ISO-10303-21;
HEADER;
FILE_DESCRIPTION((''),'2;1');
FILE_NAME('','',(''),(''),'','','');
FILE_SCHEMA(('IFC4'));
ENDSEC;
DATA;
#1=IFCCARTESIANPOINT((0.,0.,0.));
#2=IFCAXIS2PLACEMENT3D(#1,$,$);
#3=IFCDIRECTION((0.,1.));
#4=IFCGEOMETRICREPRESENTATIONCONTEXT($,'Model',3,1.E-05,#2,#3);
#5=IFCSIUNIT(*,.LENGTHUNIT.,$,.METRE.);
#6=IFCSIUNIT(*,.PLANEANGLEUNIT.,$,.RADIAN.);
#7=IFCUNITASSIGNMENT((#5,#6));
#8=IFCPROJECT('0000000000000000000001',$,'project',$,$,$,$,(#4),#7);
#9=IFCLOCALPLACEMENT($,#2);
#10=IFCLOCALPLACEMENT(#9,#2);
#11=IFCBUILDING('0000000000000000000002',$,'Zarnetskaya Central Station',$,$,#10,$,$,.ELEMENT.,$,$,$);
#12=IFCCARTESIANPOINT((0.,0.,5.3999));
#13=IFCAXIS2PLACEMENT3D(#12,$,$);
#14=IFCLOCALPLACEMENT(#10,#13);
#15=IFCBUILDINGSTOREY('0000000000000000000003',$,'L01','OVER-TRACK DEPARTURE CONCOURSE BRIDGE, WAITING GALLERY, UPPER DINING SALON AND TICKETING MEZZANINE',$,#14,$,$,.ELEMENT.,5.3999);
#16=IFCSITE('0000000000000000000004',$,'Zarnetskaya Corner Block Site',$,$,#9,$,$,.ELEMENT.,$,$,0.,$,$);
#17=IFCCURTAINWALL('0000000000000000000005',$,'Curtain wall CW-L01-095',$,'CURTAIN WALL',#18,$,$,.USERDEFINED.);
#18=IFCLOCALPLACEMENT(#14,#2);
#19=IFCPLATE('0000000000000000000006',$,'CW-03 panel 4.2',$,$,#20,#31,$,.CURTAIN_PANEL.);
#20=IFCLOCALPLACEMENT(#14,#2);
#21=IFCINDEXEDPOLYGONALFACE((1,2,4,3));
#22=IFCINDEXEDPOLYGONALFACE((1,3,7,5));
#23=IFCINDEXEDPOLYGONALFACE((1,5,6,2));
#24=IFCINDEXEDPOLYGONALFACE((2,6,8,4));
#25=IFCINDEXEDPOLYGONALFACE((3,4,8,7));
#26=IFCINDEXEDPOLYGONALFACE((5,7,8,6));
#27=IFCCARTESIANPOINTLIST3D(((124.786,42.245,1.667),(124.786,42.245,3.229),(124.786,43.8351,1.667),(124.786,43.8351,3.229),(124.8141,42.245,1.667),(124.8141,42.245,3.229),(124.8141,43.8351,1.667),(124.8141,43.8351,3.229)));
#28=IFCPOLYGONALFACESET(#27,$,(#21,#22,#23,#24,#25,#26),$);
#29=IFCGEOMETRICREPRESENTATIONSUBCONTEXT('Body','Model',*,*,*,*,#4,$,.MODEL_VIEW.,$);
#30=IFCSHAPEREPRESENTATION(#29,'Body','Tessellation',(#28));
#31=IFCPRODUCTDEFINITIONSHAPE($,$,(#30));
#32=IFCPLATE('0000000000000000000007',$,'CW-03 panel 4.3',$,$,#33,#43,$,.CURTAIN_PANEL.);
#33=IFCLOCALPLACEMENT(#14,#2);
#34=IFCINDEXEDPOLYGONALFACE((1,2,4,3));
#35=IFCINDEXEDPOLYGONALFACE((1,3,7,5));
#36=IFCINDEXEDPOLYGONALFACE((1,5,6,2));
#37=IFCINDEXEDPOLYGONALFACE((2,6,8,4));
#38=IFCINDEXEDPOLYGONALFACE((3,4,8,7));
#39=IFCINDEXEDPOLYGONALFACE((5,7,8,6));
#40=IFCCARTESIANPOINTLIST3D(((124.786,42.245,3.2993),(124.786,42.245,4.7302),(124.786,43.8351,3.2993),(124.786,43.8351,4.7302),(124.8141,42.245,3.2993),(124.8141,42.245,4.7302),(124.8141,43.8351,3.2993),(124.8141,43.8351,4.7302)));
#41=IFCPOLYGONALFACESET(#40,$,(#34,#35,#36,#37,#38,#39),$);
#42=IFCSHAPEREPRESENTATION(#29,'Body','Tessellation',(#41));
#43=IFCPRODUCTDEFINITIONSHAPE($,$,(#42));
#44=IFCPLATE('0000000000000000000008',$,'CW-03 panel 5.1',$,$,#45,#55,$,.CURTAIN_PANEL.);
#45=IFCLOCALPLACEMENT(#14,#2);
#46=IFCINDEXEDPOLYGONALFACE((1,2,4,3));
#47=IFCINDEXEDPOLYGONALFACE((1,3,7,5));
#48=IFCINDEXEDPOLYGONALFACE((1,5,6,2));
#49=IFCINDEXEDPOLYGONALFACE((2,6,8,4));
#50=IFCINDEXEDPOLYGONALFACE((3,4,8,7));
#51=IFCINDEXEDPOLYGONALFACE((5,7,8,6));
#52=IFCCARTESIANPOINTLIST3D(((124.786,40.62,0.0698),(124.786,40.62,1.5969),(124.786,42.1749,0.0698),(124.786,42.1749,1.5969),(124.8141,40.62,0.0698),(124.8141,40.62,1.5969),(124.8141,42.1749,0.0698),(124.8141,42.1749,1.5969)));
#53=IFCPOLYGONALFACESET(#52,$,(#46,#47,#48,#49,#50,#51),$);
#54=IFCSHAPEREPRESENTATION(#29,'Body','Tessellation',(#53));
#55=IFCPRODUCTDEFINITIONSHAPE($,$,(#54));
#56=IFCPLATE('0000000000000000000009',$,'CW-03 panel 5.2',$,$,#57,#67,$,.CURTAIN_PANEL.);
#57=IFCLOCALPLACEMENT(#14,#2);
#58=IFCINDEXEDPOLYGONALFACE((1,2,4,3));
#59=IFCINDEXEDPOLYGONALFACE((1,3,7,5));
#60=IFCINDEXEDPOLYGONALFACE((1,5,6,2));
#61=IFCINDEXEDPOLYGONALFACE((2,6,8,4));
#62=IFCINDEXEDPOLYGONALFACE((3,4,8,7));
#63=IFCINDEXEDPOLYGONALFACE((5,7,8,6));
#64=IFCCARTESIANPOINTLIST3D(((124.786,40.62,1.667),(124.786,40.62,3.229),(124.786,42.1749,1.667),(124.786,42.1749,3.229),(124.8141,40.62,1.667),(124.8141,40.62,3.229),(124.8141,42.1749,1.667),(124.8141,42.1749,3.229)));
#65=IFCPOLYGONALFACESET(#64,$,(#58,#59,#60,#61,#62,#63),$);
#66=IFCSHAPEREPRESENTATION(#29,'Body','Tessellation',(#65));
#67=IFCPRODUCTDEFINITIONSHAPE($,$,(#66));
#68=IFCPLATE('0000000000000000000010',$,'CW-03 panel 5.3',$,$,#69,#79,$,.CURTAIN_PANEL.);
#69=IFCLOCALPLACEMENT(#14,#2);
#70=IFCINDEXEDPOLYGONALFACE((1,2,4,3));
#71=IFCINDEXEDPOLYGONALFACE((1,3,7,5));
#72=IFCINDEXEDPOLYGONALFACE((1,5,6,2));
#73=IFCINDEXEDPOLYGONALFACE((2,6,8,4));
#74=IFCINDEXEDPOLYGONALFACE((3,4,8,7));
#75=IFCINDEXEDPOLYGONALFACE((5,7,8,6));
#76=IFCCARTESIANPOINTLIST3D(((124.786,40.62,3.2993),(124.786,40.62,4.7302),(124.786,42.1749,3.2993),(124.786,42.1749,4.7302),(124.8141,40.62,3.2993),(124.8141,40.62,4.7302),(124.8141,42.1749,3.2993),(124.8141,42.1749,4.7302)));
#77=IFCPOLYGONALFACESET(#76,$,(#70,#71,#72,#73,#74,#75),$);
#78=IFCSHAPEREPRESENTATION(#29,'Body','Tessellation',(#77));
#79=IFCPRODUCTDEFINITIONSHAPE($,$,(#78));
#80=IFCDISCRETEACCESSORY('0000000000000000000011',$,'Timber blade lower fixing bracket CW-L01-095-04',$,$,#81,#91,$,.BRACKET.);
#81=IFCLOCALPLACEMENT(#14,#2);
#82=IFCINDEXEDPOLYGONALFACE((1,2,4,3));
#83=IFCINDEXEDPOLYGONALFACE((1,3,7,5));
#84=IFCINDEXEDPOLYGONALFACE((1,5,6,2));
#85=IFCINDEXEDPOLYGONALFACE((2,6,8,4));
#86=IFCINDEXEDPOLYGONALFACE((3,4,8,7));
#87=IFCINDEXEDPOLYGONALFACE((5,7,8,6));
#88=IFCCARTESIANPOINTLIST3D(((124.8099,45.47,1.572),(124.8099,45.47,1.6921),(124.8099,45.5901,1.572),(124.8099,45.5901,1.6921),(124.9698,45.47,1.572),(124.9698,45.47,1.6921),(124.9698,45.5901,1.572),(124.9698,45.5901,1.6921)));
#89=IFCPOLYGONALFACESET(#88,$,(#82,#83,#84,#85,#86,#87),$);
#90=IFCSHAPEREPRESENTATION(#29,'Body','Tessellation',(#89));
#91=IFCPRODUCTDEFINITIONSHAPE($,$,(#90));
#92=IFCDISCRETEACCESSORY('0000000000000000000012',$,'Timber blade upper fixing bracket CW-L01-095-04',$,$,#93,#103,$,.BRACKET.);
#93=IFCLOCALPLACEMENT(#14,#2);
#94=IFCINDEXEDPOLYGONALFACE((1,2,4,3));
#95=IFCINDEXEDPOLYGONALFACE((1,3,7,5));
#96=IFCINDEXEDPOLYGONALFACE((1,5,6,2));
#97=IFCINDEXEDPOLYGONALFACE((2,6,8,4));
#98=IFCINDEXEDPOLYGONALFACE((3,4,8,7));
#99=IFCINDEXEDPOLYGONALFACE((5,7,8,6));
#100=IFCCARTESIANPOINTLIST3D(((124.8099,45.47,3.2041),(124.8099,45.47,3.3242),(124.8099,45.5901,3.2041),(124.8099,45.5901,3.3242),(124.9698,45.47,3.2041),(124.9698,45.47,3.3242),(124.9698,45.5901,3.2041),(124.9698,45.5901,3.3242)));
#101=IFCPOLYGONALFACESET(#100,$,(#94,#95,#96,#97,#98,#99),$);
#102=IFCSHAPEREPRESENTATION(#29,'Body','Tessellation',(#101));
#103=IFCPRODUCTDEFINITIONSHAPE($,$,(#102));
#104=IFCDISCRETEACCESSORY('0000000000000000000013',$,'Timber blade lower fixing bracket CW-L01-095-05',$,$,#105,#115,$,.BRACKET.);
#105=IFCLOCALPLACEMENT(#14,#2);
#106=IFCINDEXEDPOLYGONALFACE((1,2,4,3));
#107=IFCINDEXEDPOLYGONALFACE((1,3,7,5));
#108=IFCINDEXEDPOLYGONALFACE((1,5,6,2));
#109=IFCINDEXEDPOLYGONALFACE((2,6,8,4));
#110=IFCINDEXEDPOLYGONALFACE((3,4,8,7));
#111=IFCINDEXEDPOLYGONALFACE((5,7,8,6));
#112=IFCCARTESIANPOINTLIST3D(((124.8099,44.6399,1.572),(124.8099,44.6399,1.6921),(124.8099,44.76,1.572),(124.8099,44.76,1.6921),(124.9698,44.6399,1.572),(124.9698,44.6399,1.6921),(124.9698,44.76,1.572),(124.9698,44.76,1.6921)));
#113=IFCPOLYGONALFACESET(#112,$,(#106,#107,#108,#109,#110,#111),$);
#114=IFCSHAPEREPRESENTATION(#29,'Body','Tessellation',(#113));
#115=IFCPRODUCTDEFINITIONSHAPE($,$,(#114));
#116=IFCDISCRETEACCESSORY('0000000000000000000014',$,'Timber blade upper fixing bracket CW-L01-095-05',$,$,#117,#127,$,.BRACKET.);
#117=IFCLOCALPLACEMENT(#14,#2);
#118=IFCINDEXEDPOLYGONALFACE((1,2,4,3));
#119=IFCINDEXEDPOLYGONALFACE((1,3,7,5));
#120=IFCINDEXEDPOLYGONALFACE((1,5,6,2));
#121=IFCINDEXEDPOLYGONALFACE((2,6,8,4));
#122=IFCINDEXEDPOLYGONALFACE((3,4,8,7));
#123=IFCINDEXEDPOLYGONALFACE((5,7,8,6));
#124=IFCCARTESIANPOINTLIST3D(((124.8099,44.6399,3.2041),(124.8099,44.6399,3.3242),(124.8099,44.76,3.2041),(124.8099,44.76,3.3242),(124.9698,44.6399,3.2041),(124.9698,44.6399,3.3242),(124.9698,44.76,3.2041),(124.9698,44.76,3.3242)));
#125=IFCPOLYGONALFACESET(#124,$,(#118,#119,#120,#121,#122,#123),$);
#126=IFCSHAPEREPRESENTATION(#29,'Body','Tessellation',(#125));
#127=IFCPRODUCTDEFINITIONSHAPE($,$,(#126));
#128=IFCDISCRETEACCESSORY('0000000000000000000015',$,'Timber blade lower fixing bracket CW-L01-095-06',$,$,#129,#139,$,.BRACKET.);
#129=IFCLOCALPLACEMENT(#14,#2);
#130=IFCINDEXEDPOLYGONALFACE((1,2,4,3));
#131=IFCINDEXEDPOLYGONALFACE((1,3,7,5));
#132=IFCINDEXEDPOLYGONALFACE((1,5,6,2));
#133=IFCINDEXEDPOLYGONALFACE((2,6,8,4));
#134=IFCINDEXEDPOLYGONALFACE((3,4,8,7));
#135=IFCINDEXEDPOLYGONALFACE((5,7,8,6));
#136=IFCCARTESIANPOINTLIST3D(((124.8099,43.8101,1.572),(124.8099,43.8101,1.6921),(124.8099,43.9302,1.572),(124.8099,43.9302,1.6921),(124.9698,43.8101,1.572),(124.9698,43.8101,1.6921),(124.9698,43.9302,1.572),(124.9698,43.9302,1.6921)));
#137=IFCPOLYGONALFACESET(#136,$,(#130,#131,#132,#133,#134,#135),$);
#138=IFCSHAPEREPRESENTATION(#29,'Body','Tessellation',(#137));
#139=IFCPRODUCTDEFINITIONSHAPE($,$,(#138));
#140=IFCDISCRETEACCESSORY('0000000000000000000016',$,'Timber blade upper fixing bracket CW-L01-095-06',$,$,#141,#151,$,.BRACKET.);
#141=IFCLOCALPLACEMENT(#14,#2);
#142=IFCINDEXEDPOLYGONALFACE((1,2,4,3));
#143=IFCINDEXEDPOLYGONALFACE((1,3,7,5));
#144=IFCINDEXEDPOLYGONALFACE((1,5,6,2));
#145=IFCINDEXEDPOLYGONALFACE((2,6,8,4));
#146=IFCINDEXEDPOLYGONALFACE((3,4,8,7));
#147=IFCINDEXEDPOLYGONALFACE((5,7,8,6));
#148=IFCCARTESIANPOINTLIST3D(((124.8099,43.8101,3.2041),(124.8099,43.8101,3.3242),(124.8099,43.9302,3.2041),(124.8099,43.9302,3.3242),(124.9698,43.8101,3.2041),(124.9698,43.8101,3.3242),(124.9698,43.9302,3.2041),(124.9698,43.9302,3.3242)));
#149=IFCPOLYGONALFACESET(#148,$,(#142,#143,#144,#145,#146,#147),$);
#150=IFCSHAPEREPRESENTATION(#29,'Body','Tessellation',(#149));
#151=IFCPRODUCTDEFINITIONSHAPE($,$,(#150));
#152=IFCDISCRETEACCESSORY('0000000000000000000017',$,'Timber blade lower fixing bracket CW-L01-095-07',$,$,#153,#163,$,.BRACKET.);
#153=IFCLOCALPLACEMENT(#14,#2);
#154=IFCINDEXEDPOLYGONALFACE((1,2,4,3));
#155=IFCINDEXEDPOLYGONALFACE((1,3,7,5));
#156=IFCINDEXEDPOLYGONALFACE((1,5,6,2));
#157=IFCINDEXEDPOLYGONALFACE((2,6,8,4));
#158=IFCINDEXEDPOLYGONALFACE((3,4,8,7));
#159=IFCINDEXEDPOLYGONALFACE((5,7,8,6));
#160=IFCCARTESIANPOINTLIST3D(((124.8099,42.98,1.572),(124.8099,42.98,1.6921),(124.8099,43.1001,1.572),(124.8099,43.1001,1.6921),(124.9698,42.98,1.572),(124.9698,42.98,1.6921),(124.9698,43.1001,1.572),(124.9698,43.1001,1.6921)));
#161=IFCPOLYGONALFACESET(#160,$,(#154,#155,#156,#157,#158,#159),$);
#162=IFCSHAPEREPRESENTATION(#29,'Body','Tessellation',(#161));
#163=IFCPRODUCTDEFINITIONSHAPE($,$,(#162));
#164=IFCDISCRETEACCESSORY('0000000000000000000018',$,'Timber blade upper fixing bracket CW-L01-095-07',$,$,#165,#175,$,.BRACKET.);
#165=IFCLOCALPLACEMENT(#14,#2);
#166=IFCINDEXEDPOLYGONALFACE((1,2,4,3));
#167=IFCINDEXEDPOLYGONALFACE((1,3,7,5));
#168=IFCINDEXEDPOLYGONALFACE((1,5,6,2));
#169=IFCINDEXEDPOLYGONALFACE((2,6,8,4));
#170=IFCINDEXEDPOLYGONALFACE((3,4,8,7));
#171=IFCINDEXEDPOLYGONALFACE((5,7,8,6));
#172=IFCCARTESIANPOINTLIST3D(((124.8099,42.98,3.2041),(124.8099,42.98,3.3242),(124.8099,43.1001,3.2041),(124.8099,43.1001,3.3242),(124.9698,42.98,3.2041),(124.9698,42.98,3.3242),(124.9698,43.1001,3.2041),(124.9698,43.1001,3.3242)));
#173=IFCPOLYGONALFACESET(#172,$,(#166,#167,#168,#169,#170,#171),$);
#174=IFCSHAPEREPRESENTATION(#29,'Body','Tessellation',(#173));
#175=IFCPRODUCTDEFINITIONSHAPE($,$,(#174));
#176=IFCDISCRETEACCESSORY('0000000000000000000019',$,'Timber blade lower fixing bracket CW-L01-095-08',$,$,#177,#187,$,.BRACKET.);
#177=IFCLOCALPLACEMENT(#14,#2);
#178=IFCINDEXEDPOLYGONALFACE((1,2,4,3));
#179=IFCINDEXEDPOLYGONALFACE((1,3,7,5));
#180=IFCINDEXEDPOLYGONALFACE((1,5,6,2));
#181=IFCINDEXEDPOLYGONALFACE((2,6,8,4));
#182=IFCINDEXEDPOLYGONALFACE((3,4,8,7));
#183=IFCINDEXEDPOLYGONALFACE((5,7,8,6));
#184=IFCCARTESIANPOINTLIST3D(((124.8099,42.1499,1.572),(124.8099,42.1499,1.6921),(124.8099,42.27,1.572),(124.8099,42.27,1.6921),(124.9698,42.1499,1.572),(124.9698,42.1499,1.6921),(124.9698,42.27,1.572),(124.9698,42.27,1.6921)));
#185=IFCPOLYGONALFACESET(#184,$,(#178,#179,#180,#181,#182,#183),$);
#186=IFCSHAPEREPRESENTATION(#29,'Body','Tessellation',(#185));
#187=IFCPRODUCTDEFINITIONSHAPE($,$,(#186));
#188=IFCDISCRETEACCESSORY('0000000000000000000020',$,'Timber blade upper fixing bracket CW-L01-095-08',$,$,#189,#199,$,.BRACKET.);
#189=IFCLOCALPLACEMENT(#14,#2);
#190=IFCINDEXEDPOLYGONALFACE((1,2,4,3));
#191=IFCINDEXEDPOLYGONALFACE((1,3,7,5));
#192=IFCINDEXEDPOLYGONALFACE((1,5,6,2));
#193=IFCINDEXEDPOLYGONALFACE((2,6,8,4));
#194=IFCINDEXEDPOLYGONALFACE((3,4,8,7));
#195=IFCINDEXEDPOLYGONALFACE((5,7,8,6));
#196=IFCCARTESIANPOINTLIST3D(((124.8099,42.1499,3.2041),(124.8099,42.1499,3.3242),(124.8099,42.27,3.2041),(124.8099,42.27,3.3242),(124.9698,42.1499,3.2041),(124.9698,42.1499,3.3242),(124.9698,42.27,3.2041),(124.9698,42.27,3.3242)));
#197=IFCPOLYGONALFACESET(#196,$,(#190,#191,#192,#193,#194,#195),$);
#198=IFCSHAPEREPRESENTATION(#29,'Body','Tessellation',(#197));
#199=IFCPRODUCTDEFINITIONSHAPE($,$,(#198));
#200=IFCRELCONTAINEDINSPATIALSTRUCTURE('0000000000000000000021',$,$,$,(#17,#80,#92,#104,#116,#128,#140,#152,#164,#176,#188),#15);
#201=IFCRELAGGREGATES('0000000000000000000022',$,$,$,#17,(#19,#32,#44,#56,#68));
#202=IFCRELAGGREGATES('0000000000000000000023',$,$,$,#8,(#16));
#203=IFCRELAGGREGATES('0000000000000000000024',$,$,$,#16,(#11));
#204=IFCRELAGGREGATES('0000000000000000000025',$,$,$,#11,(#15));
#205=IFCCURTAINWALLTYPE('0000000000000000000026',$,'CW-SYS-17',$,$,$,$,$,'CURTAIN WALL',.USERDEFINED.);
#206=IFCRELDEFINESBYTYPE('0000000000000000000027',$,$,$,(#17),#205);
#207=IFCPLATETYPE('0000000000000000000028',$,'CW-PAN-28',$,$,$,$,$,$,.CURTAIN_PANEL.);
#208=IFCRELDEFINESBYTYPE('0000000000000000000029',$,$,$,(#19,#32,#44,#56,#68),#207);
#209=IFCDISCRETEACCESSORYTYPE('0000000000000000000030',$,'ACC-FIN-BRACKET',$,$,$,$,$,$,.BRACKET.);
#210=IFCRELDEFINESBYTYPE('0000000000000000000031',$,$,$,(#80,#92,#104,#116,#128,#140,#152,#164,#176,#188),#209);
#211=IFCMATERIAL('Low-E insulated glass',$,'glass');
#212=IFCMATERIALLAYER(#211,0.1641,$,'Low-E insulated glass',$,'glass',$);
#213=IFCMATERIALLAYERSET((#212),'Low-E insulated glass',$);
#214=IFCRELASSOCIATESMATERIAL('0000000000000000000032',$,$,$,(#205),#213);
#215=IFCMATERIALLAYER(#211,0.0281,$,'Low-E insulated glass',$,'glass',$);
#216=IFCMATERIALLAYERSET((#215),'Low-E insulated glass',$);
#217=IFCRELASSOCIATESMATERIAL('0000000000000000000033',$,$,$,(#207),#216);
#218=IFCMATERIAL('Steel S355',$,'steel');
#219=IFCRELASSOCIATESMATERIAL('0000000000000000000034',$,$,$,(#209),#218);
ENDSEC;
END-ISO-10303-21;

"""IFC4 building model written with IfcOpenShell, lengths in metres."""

from ifc_helpers import new_model, si_unit, direction, frame, origin, origin_2d, place, context, subcontext, project, spatial, rectangle, extrude, material, layer, layer_set, type_object, element, aggregate, save


model = new_model("IFC4")

# Units and contexts
model_context = context("Model", 3, precision=1e-05, world=origin(), true_north=direction((0.0, 1.0)))
body_context = subcontext(model_context, "Body", "Model", "MODEL_VIEW")
ifc_project = project(units=[si_unit("LENGTHUNIT", "METRE"), si_unit("PLANEANGLEUNIT", "RADIAN")], contexts=[model_context])

# Site, building, storey
site_placement = place(None, origin())
site = spatial("IfcSite", under=ifc_project, at=site_placement, Name="Zarnetskaya Corner Block Site", CompositionType="ELEMENT", RefElevation=0.0)
building_placement = place(site_placement, origin())
building = spatial("IfcBuilding", under=site, at=building_placement, Name="Zarnetskaya Central Station", CompositionType="ELEMENT")
storey_placement = place(building_placement, frame((0.0, 0.0, 5.3999)))
storey = spatial("IfcBuildingStorey", under=building, at=storey_placement, Name="L01", Description="OVER-TRACK DEPARTURE CONCOURSE BRIDGE, WAITING GALLERY, UPPER DINING SALON AND TICKETING MEZZANINE", CompositionType="ELEMENT", Elevation=5.3999)

# Shared definitions
ifc_material_1 = material(Name="Steel S355", Category="steel")

# Curtain wall, plates
ifc_material_2 = material(Name="Low-E insulated glass", Category="glass")
ifc_layer_1 = layer(ifc_material_2, 0.1641, Name="Low-E insulated glass", Category="glass")
ifc_layer_set_1 = layer_set([ifc_layer_1], Name="Low-E insulated glass")
curtain_wall_type = type_object("IfcCurtainWallType", Name="CW-SYS-17", ElementType="CURTAIN WALL", PredefinedType="USERDEFINED", material=ifc_layer_set_1)
curtain_wall_placement = place(storey_placement, origin())
curtain_wall = element("IfcCurtainWall", 1, at=curtain_wall_placement, inside=storey, type_object=curtain_wall_type, Name="Curtain wall CW-L01-095", ObjectType="CURTAIN WALL", PredefinedType="USERDEFINED")
ifc_layer_2 = layer(ifc_material_2, 0.0281, Name="Low-E insulated glass", Category="glass")
ifc_layer_set_2 = layer_set([ifc_layer_2], Name="Low-E insulated glass")
plate_type = type_object("IfcPlateType", Name="CW-PAN-28", PredefinedType="CURTAIN_PANEL", material=ifc_layer_set_2)
plate_1_placement = place(storey_placement, frame((124.8, 43.04, 1.667), z_axis=(0.0, 0.0, 1.0), x_axis=(0.0, -1.0, 0.0)))
plate_1 = element("IfcPlate", 2, at=plate_1_placement, type_object=plate_type, Name="CW-03 panel 4.2", PredefinedType="CURTAIN_PANEL", context=body_context, shape_type="SweptSolid", body=[
    extrude(rectangle(XDim=1.5901, YDim=0.0281, at=origin_2d()), origin(), (0.0, 0.0, 1.0), 1.562),
])
plate_2_placement = place(storey_placement, frame((124.8, 43.04, 3.2993), z_axis=(0.0, 0.0, 1.0), x_axis=(0.0, -1.0, 0.0)))
plate_2 = element("IfcPlate", 3, at=plate_2_placement, type_object=plate_type, Name="CW-03 panel 4.3", PredefinedType="CURTAIN_PANEL", context=body_context, shape_type="SweptSolid", body=[
    extrude(rectangle(XDim=1.5901, YDim=0.0281, at=origin_2d()), origin(), (0.0, 0.0, 1.0), 1.4309),
])
plate_3_placement = place(storey_placement, frame((124.8, 41.3975, 0.0698), z_axis=(0.0, 0.0, 1.0), x_axis=(0.0, -1.0, 0.0)))
plate_3 = element("IfcPlate", 4, at=plate_3_placement, type_object=plate_type, Name="CW-03 panel 5.1", PredefinedType="CURTAIN_PANEL", context=body_context, shape_type="SweptSolid", body=[
    extrude(rectangle(XDim=1.5549, YDim=0.0281, at=origin_2d()), origin(), (0.0, 0.0, 1.0), 1.5271),
])
plate_4_placement = place(storey_placement, frame((124.8, 41.3975, 1.667), z_axis=(0.0, 0.0, 1.0), x_axis=(0.0, -1.0, 0.0)))
plate_4 = element("IfcPlate", 5, at=plate_4_placement, type_object=plate_type, Name="CW-03 panel 5.2", PredefinedType="CURTAIN_PANEL", context=body_context, shape_type="SweptSolid", body=[
    extrude(rectangle(XDim=1.5549, YDim=0.0281, at=origin_2d()), origin(), (0.0, 0.0, 1.0), 1.562),
])
plate_5_placement = place(storey_placement, frame((124.8, 41.3975, 3.2993), z_axis=(0.0, 0.0, 1.0), x_axis=(0.0, -1.0, 0.0)))
plate_5 = element("IfcPlate", 6, at=plate_5_placement, type_object=plate_type, Name="CW-03 panel 5.3", PredefinedType="CURTAIN_PANEL", context=body_context, shape_type="SweptSolid", body=[
    extrude(rectangle(XDim=1.5549, YDim=0.0281, at=origin_2d()), origin(), (0.0, 0.0, 1.0), 1.4309),
])
aggregate(curtain_wall, [plate_1, plate_2, plate_3, plate_4, plate_5])

# Discrete accessories
discrete_accessory_type = type_object("IfcDiscreteAccessoryType", Name="ACC-FIN-BRACKET", PredefinedType="BRACKET", material=ifc_material_1)
for number, where, z_axis, x_axis, name in (
    (7, (124.8899, 45.53, 1.572), (0.0, 0.0, 1.0), (0.0, -1.0, 0.0), "Timber blade lower fixing bracket CW-L01-095-04"),
    (8, (124.8899, 45.53, 3.2041), (0.0, 0.0, 1.0), (0.0, -1.0, 0.0), "Timber blade upper fixing bracket CW-L01-095-04"),
    (9, (124.8899, 44.7, 1.572), (0.0, 0.0, 1.0), (0.0, -1.0, 0.0), "Timber blade lower fixing bracket CW-L01-095-05"),
    (10, (124.8899, 44.7, 3.2041), (0.0, 0.0, 1.0), (0.0, -1.0, 0.0), "Timber blade upper fixing bracket CW-L01-095-05"),
    (11, (124.8899, 43.8701, 1.572), (0.0, 0.0, 1.0), (0.0, -1.0, 0.0), "Timber blade lower fixing bracket CW-L01-095-06"),
    (12, (124.8899, 43.8701, 3.2041), (0.0, 0.0, 1.0), (0.0, -1.0, 0.0), "Timber blade upper fixing bracket CW-L01-095-06"),
    (13, (124.8899, 43.04, 1.572), (0.0, 0.0, 1.0), (0.0, -1.0, 0.0), "Timber blade lower fixing bracket CW-L01-095-07"),
    (14, (124.8899, 43.04, 3.2041), (0.0, 0.0, 1.0), (0.0, -1.0, 0.0), "Timber blade upper fixing bracket CW-L01-095-07"),
    (15, (124.8899, 42.21, 1.572), (0.0, 0.0, 1.0), (0.0, -1.0, 0.0), "Timber blade lower fixing bracket CW-L01-095-08"),
    (16, (124.8899, 42.21, 3.2041), (0.0, 0.0, 1.0), (0.0, -1.0, 0.0), "Timber blade upper fixing bracket CW-L01-095-08"),
):
    element("IfcDiscreteAccessory", number, at=place(storey_placement, frame(where, z_axis=z_axis, x_axis=x_axis)), inside=storey, type_object=discrete_accessory_type, Name=name, PredefinedType="BRACKET", context=body_context, shape_type="SweptSolid", body=[
        extrude(rectangle(XDim=0.1201, YDim=0.1599, at=origin_2d()), origin(), (0.0, 0.0, 1.0), 0.1201),
    ])

save(model, "model.ifc")
